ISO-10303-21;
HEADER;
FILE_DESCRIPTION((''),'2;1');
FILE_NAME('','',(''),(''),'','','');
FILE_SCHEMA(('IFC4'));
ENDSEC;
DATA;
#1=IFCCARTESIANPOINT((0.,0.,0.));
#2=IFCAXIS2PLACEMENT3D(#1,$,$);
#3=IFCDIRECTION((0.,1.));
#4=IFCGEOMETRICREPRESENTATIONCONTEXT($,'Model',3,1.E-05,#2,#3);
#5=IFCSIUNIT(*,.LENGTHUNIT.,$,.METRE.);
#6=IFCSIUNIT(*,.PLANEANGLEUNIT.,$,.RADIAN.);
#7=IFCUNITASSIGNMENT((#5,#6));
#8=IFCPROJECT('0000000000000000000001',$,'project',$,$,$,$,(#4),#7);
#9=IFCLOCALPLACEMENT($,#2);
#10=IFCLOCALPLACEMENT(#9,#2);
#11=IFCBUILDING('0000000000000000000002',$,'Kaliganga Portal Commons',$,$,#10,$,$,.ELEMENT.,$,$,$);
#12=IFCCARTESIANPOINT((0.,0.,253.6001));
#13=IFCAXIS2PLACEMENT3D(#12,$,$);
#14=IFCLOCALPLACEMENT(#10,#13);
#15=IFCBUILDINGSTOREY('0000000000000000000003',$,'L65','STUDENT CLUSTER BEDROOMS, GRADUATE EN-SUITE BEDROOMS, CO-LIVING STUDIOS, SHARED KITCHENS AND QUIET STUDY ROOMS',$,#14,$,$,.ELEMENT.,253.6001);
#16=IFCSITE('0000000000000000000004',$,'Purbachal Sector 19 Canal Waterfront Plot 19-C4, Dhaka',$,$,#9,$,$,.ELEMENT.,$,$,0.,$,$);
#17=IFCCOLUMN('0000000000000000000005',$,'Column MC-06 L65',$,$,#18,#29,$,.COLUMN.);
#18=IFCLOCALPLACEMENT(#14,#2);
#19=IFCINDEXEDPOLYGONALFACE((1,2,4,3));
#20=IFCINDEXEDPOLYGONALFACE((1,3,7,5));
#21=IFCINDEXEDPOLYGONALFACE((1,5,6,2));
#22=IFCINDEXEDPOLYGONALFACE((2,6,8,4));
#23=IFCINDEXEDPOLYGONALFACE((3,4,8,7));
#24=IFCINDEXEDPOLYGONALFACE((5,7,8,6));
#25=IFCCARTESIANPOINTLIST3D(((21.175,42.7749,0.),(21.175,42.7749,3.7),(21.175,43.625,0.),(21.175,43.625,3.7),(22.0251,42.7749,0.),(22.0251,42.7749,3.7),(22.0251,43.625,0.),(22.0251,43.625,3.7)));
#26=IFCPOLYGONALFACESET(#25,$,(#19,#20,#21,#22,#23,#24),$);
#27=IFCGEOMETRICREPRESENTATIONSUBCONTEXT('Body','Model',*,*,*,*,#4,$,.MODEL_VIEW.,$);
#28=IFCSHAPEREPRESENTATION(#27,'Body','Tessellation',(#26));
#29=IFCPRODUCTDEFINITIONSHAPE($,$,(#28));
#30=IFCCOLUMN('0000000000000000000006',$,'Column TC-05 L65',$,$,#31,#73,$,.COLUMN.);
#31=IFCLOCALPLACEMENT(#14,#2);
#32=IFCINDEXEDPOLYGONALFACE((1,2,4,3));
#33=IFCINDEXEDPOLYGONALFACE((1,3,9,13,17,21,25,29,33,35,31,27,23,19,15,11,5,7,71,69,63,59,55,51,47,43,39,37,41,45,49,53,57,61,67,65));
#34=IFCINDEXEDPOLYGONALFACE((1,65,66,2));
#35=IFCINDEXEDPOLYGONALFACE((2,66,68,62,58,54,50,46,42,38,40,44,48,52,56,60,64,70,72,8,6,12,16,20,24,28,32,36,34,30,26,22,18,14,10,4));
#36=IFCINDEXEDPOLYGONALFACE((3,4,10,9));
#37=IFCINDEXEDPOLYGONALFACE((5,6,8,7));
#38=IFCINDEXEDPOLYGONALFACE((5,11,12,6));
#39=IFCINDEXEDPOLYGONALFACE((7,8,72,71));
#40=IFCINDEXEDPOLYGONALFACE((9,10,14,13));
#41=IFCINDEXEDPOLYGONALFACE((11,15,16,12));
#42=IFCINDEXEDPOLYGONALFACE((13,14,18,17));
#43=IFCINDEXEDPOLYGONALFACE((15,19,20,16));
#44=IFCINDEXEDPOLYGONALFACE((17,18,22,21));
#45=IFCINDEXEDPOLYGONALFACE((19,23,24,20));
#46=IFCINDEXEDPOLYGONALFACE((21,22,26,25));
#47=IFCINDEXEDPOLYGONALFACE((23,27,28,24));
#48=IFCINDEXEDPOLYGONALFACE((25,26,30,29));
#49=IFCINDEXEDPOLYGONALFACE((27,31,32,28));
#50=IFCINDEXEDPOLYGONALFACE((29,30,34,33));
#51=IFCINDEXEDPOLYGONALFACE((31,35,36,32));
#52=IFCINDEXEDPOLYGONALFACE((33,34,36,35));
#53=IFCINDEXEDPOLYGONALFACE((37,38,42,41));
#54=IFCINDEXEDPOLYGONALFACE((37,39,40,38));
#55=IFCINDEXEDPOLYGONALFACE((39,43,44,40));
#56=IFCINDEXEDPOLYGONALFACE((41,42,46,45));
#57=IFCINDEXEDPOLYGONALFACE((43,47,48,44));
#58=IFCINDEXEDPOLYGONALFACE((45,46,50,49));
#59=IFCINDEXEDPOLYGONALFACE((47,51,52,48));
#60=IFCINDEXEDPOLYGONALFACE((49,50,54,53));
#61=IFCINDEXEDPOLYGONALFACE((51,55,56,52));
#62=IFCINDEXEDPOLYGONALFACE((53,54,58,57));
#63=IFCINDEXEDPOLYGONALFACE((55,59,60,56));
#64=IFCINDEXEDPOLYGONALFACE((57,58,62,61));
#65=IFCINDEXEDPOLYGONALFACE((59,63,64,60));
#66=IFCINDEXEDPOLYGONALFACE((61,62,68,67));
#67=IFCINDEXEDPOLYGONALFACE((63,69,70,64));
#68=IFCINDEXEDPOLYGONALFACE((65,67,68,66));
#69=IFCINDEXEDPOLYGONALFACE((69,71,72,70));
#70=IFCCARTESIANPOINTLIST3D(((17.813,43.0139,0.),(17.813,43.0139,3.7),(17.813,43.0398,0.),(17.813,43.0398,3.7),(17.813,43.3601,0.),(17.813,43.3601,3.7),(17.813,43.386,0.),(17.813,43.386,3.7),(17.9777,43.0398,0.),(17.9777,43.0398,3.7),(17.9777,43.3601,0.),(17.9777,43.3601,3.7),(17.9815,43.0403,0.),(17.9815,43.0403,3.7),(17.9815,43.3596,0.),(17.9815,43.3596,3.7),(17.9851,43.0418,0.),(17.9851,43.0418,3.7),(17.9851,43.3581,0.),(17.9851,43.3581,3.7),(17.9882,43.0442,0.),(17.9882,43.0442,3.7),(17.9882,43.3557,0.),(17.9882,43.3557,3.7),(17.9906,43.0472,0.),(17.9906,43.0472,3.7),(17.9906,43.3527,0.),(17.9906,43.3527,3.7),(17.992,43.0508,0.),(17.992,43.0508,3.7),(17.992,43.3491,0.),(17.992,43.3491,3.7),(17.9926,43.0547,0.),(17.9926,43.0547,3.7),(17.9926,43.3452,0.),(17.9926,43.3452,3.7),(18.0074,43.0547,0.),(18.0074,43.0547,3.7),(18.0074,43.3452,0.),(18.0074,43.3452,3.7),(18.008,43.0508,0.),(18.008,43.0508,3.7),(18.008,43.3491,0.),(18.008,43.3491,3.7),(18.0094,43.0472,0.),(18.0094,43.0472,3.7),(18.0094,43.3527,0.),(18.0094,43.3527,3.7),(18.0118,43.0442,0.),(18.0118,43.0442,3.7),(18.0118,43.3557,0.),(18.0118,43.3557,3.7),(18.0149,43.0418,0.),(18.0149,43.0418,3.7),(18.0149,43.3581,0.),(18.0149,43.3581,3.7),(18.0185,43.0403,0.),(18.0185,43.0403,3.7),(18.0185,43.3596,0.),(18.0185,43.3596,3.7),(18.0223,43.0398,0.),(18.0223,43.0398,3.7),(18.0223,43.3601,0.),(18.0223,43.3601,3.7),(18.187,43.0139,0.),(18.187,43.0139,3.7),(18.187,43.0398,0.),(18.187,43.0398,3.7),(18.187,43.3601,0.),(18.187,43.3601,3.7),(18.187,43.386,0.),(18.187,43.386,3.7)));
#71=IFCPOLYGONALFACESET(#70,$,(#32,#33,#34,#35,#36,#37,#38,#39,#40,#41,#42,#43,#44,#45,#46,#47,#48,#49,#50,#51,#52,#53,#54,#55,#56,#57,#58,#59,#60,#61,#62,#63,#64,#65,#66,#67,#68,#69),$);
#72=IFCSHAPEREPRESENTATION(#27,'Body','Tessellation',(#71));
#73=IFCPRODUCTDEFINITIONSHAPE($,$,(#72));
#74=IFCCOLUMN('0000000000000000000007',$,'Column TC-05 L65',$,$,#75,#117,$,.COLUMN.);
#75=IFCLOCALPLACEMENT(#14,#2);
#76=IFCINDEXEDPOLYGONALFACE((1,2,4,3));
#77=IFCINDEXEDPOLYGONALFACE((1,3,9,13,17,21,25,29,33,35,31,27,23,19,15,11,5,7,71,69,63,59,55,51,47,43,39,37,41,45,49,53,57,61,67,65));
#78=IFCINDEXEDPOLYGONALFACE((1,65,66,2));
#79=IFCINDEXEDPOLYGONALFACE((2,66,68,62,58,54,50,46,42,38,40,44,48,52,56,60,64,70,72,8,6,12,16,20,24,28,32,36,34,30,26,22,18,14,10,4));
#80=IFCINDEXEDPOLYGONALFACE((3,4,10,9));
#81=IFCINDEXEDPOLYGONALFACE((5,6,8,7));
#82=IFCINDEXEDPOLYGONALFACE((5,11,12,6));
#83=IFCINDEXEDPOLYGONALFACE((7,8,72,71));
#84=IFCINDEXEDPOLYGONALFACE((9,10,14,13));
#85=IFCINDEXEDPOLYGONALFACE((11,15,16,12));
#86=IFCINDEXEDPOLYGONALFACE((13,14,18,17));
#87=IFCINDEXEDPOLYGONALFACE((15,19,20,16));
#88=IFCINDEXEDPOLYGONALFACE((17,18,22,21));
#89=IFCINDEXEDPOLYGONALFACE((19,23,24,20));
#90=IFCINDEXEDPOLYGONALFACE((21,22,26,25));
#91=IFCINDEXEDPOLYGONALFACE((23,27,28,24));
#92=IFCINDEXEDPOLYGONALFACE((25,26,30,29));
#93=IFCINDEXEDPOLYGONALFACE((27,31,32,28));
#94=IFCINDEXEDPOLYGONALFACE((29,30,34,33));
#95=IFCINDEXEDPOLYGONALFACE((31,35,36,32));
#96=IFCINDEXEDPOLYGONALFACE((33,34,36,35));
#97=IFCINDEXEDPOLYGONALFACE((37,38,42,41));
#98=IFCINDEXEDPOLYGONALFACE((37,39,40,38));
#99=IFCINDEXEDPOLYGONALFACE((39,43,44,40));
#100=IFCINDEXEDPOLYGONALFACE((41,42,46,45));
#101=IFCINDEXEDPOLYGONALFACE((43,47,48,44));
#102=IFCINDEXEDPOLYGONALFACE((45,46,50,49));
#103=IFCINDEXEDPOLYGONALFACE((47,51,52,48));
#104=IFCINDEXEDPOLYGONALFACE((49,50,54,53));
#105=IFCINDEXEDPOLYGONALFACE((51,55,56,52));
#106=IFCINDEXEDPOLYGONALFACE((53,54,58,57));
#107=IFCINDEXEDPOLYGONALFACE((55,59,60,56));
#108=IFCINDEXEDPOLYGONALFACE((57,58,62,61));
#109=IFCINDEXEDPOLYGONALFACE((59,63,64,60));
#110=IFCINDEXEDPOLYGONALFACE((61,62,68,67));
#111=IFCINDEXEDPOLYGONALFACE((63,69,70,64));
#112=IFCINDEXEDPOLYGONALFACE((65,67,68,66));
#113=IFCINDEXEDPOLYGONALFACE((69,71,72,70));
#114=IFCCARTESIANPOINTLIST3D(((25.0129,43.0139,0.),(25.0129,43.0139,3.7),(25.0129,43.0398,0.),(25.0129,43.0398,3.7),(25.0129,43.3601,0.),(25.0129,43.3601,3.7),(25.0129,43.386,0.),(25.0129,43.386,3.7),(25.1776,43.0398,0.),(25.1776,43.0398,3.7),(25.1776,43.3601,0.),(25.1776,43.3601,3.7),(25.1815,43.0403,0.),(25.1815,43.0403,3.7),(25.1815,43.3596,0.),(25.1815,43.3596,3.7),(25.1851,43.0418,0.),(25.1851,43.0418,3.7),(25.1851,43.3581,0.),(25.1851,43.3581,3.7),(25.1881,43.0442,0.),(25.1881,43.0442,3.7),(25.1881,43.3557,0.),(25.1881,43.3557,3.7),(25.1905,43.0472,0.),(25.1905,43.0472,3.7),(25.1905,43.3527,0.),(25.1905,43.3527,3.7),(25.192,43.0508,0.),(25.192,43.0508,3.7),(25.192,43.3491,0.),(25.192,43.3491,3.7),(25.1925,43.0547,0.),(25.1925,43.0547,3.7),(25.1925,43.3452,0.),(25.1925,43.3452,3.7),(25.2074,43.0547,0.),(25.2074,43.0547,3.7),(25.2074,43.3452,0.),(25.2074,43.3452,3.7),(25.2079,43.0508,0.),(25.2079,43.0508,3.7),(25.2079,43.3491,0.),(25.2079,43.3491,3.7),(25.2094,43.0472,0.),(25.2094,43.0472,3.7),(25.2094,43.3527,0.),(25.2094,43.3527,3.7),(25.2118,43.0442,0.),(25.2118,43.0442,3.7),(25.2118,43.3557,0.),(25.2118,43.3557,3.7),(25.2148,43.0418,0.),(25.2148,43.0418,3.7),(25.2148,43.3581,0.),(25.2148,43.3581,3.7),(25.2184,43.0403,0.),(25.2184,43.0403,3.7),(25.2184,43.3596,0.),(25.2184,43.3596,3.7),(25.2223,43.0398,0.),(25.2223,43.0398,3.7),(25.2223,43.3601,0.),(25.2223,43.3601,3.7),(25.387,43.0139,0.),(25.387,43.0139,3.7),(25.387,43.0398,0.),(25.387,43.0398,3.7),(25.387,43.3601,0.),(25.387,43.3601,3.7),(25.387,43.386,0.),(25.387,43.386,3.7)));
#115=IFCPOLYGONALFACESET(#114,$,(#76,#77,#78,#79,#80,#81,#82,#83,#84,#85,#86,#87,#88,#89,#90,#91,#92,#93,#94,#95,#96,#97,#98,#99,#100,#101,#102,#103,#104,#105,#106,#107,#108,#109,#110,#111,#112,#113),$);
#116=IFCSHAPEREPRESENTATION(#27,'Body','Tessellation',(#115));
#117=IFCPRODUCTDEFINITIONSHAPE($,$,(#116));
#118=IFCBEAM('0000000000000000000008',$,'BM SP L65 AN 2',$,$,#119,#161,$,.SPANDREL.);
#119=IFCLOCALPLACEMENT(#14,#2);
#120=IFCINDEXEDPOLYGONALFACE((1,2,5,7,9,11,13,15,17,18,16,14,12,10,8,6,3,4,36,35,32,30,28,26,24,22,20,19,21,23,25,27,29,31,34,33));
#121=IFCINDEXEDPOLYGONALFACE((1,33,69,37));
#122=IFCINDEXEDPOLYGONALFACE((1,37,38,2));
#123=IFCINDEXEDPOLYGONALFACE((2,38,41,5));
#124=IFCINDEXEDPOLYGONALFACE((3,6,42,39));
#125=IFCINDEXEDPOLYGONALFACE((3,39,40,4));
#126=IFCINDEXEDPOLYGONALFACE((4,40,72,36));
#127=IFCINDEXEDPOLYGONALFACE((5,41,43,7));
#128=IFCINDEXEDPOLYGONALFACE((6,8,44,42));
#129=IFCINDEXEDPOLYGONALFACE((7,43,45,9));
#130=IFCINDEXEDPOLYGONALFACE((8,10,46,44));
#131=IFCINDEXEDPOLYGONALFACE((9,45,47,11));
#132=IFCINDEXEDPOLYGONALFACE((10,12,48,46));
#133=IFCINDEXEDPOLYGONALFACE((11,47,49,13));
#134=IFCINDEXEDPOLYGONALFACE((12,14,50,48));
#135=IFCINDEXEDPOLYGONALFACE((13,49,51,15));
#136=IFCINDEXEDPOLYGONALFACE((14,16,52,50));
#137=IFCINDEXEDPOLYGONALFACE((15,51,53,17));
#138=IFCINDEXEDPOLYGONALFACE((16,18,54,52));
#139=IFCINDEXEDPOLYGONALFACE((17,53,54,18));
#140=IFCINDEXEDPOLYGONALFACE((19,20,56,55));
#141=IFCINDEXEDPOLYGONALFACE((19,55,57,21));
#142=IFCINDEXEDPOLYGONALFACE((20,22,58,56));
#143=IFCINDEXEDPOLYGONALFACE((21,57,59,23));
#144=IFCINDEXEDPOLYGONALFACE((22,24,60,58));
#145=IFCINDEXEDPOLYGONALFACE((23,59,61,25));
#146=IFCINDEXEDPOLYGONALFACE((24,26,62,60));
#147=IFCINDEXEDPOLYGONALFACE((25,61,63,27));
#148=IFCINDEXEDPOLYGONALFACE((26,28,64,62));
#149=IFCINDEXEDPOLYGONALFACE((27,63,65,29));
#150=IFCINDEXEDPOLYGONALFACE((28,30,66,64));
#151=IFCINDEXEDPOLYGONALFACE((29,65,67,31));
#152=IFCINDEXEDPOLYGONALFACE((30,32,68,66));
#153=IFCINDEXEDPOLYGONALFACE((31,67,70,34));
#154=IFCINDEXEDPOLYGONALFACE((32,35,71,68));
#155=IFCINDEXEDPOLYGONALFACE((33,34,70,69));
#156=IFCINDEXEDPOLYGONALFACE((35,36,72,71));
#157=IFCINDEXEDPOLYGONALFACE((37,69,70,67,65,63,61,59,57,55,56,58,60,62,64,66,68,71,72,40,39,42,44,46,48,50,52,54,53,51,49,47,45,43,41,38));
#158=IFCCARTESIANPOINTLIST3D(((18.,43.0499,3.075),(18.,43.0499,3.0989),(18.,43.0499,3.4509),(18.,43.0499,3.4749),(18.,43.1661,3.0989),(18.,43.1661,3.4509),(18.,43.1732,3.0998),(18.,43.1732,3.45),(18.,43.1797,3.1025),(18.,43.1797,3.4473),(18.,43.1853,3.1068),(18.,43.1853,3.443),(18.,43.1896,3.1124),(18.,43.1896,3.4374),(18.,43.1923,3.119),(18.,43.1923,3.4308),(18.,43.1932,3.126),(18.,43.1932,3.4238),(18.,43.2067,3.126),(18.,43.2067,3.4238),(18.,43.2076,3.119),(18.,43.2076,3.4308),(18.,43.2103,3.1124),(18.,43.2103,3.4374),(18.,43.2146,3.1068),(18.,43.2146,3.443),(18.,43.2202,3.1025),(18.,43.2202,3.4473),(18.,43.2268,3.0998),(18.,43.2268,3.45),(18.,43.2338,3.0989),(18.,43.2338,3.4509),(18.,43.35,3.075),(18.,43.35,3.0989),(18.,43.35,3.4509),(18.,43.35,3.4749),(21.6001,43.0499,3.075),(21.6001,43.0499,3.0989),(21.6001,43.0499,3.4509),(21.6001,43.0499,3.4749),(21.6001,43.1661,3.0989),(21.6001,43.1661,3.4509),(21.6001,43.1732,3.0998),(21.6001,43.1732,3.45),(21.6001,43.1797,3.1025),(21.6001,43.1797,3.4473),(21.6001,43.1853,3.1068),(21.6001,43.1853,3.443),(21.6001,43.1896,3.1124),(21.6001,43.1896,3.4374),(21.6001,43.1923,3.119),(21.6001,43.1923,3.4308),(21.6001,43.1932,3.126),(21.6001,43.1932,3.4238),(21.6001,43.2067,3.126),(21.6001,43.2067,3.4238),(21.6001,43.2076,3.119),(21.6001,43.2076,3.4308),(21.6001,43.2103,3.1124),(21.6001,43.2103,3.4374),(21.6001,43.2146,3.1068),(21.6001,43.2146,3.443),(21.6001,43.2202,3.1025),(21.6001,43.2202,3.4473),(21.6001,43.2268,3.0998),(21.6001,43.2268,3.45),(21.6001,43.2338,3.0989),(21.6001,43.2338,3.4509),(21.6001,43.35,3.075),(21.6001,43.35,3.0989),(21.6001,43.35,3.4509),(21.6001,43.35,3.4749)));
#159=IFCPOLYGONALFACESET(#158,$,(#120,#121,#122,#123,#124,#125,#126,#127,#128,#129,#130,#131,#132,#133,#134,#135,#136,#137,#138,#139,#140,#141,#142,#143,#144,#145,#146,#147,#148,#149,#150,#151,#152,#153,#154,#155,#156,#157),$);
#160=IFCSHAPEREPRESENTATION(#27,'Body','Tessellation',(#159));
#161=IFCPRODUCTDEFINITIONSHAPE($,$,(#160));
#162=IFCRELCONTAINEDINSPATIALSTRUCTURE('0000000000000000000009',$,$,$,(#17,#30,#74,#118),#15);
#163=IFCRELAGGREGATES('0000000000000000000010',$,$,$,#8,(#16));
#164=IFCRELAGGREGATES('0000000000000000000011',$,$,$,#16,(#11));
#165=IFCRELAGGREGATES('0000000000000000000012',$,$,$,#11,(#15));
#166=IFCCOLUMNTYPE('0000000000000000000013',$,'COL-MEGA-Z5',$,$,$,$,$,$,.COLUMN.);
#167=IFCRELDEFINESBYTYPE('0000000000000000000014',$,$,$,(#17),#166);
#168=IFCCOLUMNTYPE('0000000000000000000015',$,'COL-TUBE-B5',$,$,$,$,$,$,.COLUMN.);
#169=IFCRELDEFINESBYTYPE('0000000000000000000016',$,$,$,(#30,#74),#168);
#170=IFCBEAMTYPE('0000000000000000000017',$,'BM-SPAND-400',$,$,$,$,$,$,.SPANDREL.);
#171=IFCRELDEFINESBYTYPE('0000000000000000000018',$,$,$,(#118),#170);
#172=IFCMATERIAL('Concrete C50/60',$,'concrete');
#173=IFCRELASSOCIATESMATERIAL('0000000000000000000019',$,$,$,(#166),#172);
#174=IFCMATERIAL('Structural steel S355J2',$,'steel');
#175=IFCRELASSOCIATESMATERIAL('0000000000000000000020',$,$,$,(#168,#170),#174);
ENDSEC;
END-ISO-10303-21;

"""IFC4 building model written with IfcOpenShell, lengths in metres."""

from ifc_helpers import new_model, si_unit, direction, frame, origin, origin_2d, place, context, subcontext, project, spatial, rectangle, i_section, extrude, source, transform, mapped, material, material_profile, profile_set, type_object, element, save


model = new_model("IFC4")

# Units and contexts
model_context = context("Model", 3, precision=1e-05, world=origin(), true_north=direction((0.0, 1.0)))
body_context = subcontext(model_context, "Body", "Model", "MODEL_VIEW")
ifc_project = project(units=[si_unit("LENGTHUNIT", "METRE"), si_unit("PLANEANGLEUNIT", "RADIAN")], contexts=[model_context])

# Site, building, storey
site_placement = place(None, origin())
site = spatial("IfcSite", under=ifc_project, at=site_placement, Name="Purbachal Sector 19 Canal Waterfront Plot 19-C4, Dhaka", CompositionType="ELEMENT", RefElevation=0.0)
building_placement = place(site_placement, origin())
building = spatial("IfcBuilding", under=site, at=building_placement, Name="Kaliganga Portal Commons", CompositionType="ELEMENT")
storey_placement = place(building_placement, frame((0.0, 0.0, 253.6001)))
storey = spatial("IfcBuildingStorey", under=building, at=storey_placement, Name="L65", Description="STUDENT CLUSTER BEDROOMS, GRADUATE EN-SUITE BEDROOMS, CO-LIVING STUDIOS, SHARED KITCHENS AND QUIET STUDY ROOMS", CompositionType="ELEMENT", Elevation=253.6001)

# Columns
ifc_material_1 = material(Name="Concrete C50/60", Category="concrete")
ifc_material_profile_1 = material_profile(ifc_material_1, rectangle(XDim=0.8501, YDim=0.8501, at=origin_2d()), Name="RC 850x850")
ifc_profile_set_1 = profile_set([ifc_material_profile_1], Name="Concrete C50/60")
column_type_1 = type_object("IfcColumnType", Name="COL-MEGA-Z5", PredefinedType="COLUMN", material=ifc_profile_set_1)
shared_shape_1 = source(origin(), body_context, "Body", "SweptSolid", [
    extrude(rectangle(XDim=0.8501, YDim=0.8501, at=origin_2d()), origin(), (0.0, 0.0, 1.0), 3.7),
])
column_placement = place(storey_placement, frame((21.6001, 43.2, 0.0), z_axis=(0.0, 0.0, 1.0), x_axis=(1.0, 0.0, 0.0)))
element("IfcColumn", 1, at=column_placement, inside=storey, type_object=column_type_1, Name="Column MC-06 L65", PredefinedType="COLUMN", context=body_context, shape_type="MappedRepresentation", body=[
    mapped(shared_shape_1, transform((0.0, 0.0, 0.0), x_axis=(1.0, 0.0, 0.0), y_axis=(0.0, 1.0, 0.0), z_axis=(0.0, 0.0, 1.0), scale=1.0)),
])
ifc_material_2 = material(Name="Structural steel S355J2", Category="steel")
ifc_material_profile_2 = material_profile(ifc_material_2, i_section(OverallWidth=0.374, OverallDepth=0.3721, WebThickness=0.0149, FlangeThickness=0.0259, FilletRadius=0.0149, at=origin_2d()), Name="HD 360x196")
ifc_profile_set_2 = profile_set([ifc_material_profile_2], Name="Structural steel S355J2 wide-flange")
column_type_2 = type_object("IfcColumnType", Name="COL-TUBE-B5", PredefinedType="COLUMN", material=ifc_profile_set_2)
shared_shape_2 = source(origin(), body_context, "Body", "SweptSolid", [
    extrude(i_section(OverallWidth=0.374, OverallDepth=0.3721, WebThickness=0.0149, FlangeThickness=0.0259, FilletRadius=0.0149, at=origin_2d()), origin(), (0.0, 0.0, 1.0), 3.7),
])
for number, where, z_axis, x_axis, name in (
    (2, (18.0, 43.2, 0.0), (0.0, 0.0, 1.0), (1.0, 0.0, 0.0), "Column TC-05 L65"),
    (3, (25.2, 43.2, 0.0), (0.0, 0.0, 1.0), (1.0, 0.0, 0.0), "Column TC-05 L65"),
):
    element("IfcColumn", number, at=place(storey_placement, frame(where, z_axis=z_axis, x_axis=x_axis)), inside=storey, type_object=column_type_2, Name=name, PredefinedType="COLUMN", context=body_context, shape_type="MappedRepresentation", body=[
        mapped(shared_shape_2, transform((0.0, 0.0, 0.0), x_axis=(1.0, 0.0, 0.0), y_axis=(0.0, 1.0, 0.0), z_axis=(0.0, 0.0, 1.0), scale=1.0)),
    ])

# Beam
ifc_material_profile_3 = material_profile(ifc_material_2, i_section(OverallWidth=0.3, OverallDepth=0.3999, WebThickness=0.0134, FlangeThickness=0.0239, FilletRadius=0.0271, at=origin_2d()), Name="HE 400 B")
ifc_profile_set_3 = profile_set([ifc_material_profile_3], Name="Structural steel S355J2 wide-flange")
beam_type = type_object("IfcBeamType", Name="BM-SPAND-400", PredefinedType="SPANDREL", material=ifc_profile_set_3)
shared_shape_3 = source(origin(), body_context, "Body", "SweptSolid", [
    extrude(i_section(OverallWidth=0.3, OverallDepth=0.3999, WebThickness=0.0134, FlangeThickness=0.0239, FilletRadius=0.0271, at=origin_2d()), origin(), (0.0, 0.0, 1.0), 3.6001),
])
for number, where, z_axis, x_axis, name in (
    (4, (18.0, 43.2, 3.2749), (1.0, 0.0, 0.0), (0.0, 1.0, 0.0), "BM SP L65 AN 2"),
):
    element("IfcBeam", number, at=place(storey_placement, frame(where, z_axis=z_axis, x_axis=x_axis)), inside=storey, type_object=beam_type, Name=name, PredefinedType="SPANDREL", context=body_context, shape_type="MappedRepresentation", body=[
        mapped(shared_shape_3, transform((0.0, 0.0, 0.0), x_axis=(1.0, 0.0, 0.0), y_axis=(0.0, 1.0, 0.0), z_axis=(0.0, 0.0, 1.0), scale=1.0)),
    ])

save(model, "model.ifc")
